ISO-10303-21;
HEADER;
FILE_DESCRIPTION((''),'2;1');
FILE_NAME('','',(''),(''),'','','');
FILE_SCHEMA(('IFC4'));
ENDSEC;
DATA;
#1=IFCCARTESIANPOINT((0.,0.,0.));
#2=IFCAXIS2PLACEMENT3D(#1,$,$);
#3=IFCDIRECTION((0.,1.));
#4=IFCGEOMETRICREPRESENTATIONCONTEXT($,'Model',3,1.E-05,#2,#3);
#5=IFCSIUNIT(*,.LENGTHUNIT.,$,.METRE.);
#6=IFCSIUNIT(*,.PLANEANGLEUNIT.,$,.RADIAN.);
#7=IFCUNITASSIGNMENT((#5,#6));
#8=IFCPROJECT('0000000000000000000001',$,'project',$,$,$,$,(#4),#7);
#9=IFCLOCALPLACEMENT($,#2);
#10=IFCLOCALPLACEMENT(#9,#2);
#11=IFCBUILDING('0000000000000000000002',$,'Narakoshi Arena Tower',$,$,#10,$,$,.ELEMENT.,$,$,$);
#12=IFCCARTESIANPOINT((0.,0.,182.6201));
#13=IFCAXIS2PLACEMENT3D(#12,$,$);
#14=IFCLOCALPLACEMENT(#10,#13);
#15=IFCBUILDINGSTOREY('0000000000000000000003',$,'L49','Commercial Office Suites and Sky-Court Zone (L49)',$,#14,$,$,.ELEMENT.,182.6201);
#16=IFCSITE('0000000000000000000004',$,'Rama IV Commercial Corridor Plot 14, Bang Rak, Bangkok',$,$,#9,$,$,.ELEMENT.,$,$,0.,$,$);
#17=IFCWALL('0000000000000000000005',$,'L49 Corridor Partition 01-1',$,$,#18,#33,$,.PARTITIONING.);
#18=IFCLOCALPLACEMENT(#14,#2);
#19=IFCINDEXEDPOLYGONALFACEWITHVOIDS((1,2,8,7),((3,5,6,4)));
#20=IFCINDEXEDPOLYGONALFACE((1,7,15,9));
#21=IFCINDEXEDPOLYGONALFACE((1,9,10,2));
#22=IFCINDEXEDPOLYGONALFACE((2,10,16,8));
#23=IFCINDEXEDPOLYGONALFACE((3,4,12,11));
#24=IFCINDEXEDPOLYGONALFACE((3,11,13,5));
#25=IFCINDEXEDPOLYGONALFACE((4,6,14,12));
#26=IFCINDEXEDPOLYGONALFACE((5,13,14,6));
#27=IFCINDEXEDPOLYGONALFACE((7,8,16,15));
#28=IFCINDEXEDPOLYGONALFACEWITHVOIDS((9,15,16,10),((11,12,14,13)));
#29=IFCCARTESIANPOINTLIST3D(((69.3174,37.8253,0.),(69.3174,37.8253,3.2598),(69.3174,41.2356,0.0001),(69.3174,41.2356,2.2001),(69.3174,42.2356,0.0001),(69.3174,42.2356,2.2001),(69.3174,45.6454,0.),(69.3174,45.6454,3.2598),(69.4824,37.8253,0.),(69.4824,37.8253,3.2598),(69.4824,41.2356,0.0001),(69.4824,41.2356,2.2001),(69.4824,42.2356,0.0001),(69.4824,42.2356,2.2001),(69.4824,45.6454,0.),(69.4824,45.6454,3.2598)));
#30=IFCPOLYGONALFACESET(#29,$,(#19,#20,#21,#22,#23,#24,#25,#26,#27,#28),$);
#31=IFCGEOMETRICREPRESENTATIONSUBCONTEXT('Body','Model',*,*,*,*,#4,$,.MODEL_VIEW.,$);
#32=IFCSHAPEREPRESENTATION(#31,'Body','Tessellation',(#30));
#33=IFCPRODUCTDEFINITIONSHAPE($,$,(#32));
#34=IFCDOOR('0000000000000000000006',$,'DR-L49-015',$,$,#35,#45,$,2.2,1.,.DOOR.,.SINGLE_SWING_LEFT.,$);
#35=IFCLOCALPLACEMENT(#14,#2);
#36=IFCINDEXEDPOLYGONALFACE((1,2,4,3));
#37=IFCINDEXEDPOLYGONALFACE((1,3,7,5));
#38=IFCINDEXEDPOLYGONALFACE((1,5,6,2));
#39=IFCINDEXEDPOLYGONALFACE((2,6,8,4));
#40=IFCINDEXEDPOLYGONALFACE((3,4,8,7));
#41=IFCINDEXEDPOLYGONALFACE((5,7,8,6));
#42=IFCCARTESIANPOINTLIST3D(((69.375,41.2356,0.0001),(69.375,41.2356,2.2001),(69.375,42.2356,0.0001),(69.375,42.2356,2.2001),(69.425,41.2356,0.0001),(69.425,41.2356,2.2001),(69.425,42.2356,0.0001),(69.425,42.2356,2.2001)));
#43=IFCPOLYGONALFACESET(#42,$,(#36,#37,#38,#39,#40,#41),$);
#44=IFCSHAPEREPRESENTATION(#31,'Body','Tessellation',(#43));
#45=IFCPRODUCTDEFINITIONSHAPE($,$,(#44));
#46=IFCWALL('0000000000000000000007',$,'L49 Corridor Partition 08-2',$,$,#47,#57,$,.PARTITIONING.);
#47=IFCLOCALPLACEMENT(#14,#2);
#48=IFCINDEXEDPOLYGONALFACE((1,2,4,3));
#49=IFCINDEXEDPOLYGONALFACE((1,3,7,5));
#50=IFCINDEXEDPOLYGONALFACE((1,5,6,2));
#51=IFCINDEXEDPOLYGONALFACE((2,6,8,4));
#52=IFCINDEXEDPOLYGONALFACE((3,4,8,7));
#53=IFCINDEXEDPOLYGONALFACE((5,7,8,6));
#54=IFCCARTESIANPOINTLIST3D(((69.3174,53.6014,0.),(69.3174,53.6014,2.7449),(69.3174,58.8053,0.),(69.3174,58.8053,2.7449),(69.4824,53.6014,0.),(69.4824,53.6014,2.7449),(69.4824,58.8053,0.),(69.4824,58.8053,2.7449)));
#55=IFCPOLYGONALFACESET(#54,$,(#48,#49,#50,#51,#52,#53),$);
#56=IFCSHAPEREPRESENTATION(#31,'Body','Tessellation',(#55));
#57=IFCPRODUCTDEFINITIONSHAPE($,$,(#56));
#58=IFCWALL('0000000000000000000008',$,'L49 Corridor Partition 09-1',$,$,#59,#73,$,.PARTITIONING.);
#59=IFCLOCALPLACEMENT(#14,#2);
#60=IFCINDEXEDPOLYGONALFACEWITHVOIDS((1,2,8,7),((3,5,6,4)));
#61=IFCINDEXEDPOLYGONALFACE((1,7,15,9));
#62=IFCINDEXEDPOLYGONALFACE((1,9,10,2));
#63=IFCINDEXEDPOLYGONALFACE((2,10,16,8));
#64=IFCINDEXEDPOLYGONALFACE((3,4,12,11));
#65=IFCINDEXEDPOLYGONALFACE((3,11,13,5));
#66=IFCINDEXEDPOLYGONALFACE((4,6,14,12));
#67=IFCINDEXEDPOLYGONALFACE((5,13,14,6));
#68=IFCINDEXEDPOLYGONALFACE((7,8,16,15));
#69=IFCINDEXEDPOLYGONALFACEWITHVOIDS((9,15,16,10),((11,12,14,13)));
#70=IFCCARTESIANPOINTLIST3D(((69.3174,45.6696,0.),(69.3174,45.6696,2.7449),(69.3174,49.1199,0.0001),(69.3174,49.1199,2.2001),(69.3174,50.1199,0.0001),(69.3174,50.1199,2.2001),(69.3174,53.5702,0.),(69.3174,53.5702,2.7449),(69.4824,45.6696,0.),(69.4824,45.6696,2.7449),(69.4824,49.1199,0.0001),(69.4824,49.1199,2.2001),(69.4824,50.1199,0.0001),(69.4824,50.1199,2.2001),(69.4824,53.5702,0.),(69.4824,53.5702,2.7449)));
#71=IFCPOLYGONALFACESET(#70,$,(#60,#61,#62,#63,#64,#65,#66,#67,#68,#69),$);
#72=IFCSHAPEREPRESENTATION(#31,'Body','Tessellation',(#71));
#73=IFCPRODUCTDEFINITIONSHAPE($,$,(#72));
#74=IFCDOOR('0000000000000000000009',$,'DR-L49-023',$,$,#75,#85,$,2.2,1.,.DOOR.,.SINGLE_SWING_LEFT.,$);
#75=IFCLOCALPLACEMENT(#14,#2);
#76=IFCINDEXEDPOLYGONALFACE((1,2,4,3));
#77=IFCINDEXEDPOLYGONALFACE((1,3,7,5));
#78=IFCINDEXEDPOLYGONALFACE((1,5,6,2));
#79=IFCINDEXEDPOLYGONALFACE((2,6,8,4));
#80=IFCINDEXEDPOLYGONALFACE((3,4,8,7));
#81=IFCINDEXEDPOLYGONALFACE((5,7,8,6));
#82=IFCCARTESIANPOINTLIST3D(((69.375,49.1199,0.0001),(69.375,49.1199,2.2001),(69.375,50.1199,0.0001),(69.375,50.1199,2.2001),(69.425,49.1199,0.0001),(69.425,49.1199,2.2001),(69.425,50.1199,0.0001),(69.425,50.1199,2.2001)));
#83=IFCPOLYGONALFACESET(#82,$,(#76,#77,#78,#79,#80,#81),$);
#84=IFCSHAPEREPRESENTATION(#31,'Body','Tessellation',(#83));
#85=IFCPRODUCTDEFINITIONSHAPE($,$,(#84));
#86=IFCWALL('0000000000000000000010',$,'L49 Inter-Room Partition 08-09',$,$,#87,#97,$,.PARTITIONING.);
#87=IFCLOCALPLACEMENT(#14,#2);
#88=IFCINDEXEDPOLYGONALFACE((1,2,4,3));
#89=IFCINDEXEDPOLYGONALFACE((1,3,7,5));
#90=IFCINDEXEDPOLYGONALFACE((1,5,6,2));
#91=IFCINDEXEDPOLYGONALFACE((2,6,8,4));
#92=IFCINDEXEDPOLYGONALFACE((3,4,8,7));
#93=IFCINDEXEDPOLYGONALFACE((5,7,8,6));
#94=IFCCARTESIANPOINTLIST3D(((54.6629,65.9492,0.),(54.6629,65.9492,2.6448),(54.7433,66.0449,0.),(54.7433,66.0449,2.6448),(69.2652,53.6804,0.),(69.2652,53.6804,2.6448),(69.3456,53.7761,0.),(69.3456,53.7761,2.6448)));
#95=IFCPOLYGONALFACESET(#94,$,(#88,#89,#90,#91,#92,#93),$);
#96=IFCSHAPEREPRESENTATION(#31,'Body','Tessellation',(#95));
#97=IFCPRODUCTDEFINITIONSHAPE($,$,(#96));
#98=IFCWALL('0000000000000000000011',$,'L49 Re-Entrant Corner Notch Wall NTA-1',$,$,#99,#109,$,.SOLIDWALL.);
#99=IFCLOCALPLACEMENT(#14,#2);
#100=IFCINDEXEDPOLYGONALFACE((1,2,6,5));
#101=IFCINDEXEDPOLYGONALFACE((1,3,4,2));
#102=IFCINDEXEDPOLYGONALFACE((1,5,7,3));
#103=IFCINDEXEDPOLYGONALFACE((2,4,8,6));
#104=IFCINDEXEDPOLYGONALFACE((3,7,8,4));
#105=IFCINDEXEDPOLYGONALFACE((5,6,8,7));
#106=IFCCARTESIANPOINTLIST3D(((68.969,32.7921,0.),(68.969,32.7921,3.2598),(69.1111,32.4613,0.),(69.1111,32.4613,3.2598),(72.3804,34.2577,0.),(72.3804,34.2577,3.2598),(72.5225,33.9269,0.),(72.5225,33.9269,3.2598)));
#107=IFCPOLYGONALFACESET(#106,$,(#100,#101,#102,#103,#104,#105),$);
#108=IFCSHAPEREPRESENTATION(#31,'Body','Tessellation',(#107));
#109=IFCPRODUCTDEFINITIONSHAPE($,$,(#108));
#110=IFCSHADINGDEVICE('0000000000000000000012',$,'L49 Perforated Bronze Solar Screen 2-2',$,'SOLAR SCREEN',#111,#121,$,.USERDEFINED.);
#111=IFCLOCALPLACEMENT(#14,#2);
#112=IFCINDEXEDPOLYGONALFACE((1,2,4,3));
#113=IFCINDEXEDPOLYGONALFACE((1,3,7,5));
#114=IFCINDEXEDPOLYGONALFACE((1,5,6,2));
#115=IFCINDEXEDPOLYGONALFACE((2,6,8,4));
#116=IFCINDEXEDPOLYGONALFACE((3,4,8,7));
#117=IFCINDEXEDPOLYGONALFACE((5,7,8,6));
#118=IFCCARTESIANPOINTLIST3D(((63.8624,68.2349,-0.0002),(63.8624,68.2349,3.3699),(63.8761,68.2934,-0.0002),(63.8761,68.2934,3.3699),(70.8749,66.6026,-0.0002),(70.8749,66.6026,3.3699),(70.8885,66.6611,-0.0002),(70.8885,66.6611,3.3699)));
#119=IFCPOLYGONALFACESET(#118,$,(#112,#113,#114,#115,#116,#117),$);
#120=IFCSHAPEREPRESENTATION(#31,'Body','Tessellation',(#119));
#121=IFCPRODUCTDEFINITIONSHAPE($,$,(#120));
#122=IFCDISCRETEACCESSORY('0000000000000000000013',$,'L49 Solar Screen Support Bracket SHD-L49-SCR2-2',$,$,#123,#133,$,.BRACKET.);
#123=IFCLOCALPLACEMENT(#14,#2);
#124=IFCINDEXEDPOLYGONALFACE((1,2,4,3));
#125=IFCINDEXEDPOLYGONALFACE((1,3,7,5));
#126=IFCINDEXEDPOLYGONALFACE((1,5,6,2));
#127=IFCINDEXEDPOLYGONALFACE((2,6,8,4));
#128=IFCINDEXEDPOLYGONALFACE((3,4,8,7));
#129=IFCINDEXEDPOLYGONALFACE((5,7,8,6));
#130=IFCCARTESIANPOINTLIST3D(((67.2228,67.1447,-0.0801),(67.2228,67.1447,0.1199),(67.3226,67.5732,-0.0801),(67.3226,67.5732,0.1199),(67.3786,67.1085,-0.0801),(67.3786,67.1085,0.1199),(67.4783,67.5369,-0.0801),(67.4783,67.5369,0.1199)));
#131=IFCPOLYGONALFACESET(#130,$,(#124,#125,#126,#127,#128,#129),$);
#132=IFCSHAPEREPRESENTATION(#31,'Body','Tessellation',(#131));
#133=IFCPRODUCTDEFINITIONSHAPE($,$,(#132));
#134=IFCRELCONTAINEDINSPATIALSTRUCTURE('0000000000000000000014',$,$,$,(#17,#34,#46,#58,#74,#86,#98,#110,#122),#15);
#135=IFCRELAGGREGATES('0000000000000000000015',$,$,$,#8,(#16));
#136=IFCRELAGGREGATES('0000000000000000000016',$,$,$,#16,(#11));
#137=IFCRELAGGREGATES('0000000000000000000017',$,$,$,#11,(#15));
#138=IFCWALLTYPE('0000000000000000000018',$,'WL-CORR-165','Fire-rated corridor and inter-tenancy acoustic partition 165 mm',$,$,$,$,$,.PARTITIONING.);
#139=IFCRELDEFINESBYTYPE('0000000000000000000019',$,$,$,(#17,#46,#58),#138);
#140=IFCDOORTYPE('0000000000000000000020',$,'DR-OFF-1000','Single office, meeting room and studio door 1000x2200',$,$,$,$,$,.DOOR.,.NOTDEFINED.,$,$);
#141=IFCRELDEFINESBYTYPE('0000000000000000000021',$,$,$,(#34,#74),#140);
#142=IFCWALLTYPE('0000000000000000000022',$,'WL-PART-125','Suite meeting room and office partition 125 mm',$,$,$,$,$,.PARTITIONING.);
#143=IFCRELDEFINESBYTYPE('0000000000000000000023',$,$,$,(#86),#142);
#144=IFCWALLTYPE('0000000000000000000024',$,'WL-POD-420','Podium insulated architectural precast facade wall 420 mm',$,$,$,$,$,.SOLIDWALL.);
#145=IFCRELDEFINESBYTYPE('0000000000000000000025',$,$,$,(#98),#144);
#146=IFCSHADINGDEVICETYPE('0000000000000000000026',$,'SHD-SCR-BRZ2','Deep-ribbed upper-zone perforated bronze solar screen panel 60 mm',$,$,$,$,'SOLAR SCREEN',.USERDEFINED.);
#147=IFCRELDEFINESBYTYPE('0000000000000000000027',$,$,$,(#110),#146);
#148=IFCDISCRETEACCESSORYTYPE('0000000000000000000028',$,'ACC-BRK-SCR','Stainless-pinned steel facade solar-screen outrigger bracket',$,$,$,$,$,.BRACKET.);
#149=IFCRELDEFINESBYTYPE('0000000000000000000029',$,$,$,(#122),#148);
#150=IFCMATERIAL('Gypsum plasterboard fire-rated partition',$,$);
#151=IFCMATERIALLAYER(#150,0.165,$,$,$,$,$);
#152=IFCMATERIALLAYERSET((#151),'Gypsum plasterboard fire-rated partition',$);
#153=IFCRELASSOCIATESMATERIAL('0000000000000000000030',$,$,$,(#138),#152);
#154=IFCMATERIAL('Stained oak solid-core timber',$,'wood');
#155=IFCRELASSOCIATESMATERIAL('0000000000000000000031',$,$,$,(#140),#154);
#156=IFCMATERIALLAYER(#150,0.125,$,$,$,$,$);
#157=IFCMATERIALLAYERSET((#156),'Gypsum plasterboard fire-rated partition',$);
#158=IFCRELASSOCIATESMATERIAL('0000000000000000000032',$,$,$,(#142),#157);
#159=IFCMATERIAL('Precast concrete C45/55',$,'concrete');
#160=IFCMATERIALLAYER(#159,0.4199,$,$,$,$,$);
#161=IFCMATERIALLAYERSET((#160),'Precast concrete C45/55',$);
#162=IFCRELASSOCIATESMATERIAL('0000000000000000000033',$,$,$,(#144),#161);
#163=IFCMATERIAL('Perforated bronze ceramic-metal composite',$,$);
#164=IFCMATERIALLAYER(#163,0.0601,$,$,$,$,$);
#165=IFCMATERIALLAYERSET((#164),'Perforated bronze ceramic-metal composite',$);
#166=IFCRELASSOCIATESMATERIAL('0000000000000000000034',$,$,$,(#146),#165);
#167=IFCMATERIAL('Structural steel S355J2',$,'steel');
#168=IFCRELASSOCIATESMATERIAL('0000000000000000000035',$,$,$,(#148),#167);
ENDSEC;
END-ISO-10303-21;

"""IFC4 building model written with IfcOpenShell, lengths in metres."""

from ifc_helpers import new_model, si_unit, direction, frame, frame_2d, origin, origin_2d, place, context, subcontext, project, spatial, rectangle, extrude, material, layer, layer_set, type_object, element, fill, save


model = new_model("IFC4")

# Units and contexts
model_context = context("Model", 3, precision=1e-05, world=origin(), true_north=direction((0.0, 1.0)))
body_context = subcontext(model_context, "Body", "Model", "MODEL_VIEW")
ifc_project = project(units=[si_unit("LENGTHUNIT", "METRE"), si_unit("PLANEANGLEUNIT", "RADIAN")], contexts=[model_context])

# Site, building, storey
site_placement = place(None, origin())
site = spatial("IfcSite", under=ifc_project, at=site_placement, Name="Rama IV Commercial Corridor Plot 14, Bang Rak, Bangkok", CompositionType="ELEMENT", RefElevation=0.0)
building_placement = place(site_placement, origin())
building = spatial("IfcBuilding", under=site, at=building_placement, Name="Narakoshi Arena Tower", CompositionType="ELEMENT")
storey_placement = place(building_placement, frame((0.0, 0.0, 182.6201)))
storey = spatial("IfcBuildingStorey", under=building, at=storey_placement, Name="L49", Description="Commercial Office Suites and Sky-Court Zone (L49)", CompositionType="ELEMENT", Elevation=182.6201)

# Shared definitions
ifc_material_1 = material(Name="Structural steel S355J2", Category="steel")

# Wall, opening, door
ifc_material_2 = material(Name="Gypsum plasterboard fire-rated partition")
ifc_layer_1 = layer(ifc_material_2, 0.165)
ifc_layer_set_1 = layer_set([ifc_layer_1], Name="Gypsum plasterboard fire-rated partition")
wall_type_1 = type_object("IfcWallType", Name="WL-CORR-165", Description="Fire-rated corridor and inter-tenancy acoustic partition 165 mm", PredefinedType="PARTITIONING", material=ifc_layer_set_1)
wall_1_placement = place(storey_placement, frame((69.3999, 45.6455, 0.0), z_axis=(0.0, 0.0, 1.0), x_axis=(0.0, -1.0, 0.0)))
wall_1 = element("IfcWall", 1, at=wall_1_placement, inside=storey, type_object=wall_type_1, Name="L49 Corridor Partition 01-1", PredefinedType="PARTITIONING", context=body_context, shape_type="SweptSolid", body=[
    extrude(rectangle(XDim=7.8201, YDim=0.165, at=frame_2d((3.9102, 0.0))), origin(), (0.0, 0.0, 1.0), 3.2598),
])
opening_1_placement = place(wall_1_placement, frame((3.4099, 0.0, 0.0)))
opening_1 = element("IfcOpeningElement", 2, at=opening_1_placement, cuts=wall_1, PredefinedType="OPENING", context=body_context, shape_type="SweptSolid", body=[
    extrude(rectangle(XDim=1.0, YDim=2.2, at=frame_2d((0.5, 1.1001))), frame((0.0, 0.0925, 0.0), z_axis=(0.0, -1.0, 0.0), x_axis=(1.0, 0.0, 0.0)), (0.0, 0.0, 1.0), 0.1851),
])
ifc_material_3 = material(Name="Stained oak solid-core timber", Category="wood")
door_type = type_object("IfcDoorType", Name="DR-OFF-1000", Description="Single office, meeting room and studio door 1000x2200", OperationType="NOTDEFINED", PredefinedType="DOOR", material=ifc_material_3)
door_1_placement = place(opening_1_placement, frame((1.0, 0.0, 0.0), z_axis=(0.0, 0.0, 1.0), x_axis=(-1.0, 0.0, 0.0)))
door_1 = element("IfcDoor", 3, at=door_1_placement, inside=storey, type_object=door_type, Name="DR-L49-015", OperationType="SINGLE_SWING_LEFT", OverallHeight=2.2, OverallWidth=1.0, PredefinedType="DOOR", context=body_context, shape_type="SweptSolid", body=[
    extrude(rectangle(XDim=1.0, YDim=2.2, at=frame_2d((0.5, 1.1001))), frame((0.0, 0.0249, 0.0), z_axis=(0.0, -1.0, 0.0), x_axis=(1.0, 0.0, 0.0)), (0.0, 0.0, 1.0), 0.05),
])
fill(opening_1, door_1)

# Wall
wall_2_placement = place(storey_placement, frame((69.3999, 58.8054, 0.0), z_axis=(0.0, 0.0, 1.0), x_axis=(0.0, -1.0, 0.0)))
element("IfcWall", 4, at=wall_2_placement, inside=storey, type_object=wall_type_1, Name="L49 Corridor Partition 08-2", PredefinedType="PARTITIONING", context=body_context, shape_type="SweptSolid", body=[
    extrude(rectangle(XDim=5.2039, YDim=0.165, at=frame_2d((2.6021, 0.0))), origin(), (0.0, 0.0, 1.0), 2.7449),
])

# Wall, opening, door
wall_3_placement = place(storey_placement, frame((69.3999, 53.5701, 0.0), z_axis=(0.0, 0.0, 1.0), x_axis=(0.0, -1.0, 0.0)))
wall_3 = element("IfcWall", 5, at=wall_3_placement, inside=storey, type_object=wall_type_1, Name="L49 Corridor Partition 09-1", PredefinedType="PARTITIONING", context=body_context, shape_type="SweptSolid", body=[
    extrude(rectangle(XDim=7.9006, YDim=0.165, at=frame_2d((3.9502, 0.0))), origin(), (0.0, 0.0, 1.0), 2.7449),
])
opening_2_placement = place(wall_3_placement, frame((3.4502, 0.0, 0.0)))
opening_2 = element("IfcOpeningElement", 6, at=opening_2_placement, cuts=wall_3, PredefinedType="OPENING", context=body_context, shape_type="SweptSolid", body=[
    extrude(rectangle(XDim=1.0, YDim=2.2, at=frame_2d((0.5, 1.1001))), frame((0.0, 0.0925, 0.0), z_axis=(0.0, -1.0, 0.0), x_axis=(1.0, 0.0, 0.0)), (0.0, 0.0, 1.0), 0.1851),
])
door_2_placement = place(opening_2_placement, frame((1.0, 0.0, 0.0), z_axis=(0.0, 0.0, 1.0), x_axis=(-1.0, 0.0, 0.0)))
door_2 = element("IfcDoor", 7, at=door_2_placement, inside=storey, type_object=door_type, Name="DR-L49-023", OperationType="SINGLE_SWING_LEFT", OverallHeight=2.2, OverallWidth=1.0, PredefinedType="DOOR", context=body_context, shape_type="SweptSolid", body=[
    extrude(rectangle(XDim=1.0, YDim=2.2, at=frame_2d((0.5, 1.1001))), frame((0.0, 0.0249, 0.0), z_axis=(0.0, -1.0, 0.0), x_axis=(1.0, 0.0, 0.0)), (0.0, 0.0, 1.0), 0.05),
])
fill(opening_2, door_2)

# Walls
ifc_layer_2 = layer(ifc_material_2, 0.125)
ifc_layer_set_2 = layer_set([ifc_layer_2], Name="Gypsum plasterboard fire-rated partition")
wall_type_2 = type_object("IfcWallType", Name="WL-PART-125", Description="Suite meeting room and office partition 125 mm", PredefinedType="PARTITIONING", material=ifc_layer_set_2)
wall_4_placement = place(storey_placement, frame((69.3054, 53.7283, 0.0), z_axis=(0.0, 0.0, 1.0), x_axis=(-0.765631, 0.64328, 0.0)))
element("IfcWall", 8, at=wall_4_placement, inside=storey, type_object=wall_type_2, Name="L49 Inter-Room Partition 08-09", PredefinedType="PARTITIONING", context=body_context, shape_type="SweptSolid", body=[
    extrude(rectangle(XDim=19.0723, YDim=0.125, at=frame_2d((9.5361, 0.0))), origin(), (0.0, 0.0, 1.0), 2.6448),
])
ifc_material_4 = material(Name="Precast concrete C45/55", Category="concrete")
ifc_layer_3 = layer(ifc_material_4, 0.4199)
ifc_layer_set_3 = layer_set([ifc_layer_3], Name="Precast concrete C45/55")
wall_type_3 = type_object("IfcWallType", Name="WL-POD-420", Description="Podium insulated architectural precast facade wall 420 mm", PredefinedType="SOLIDWALL", material=ifc_layer_set_3)
wall_5_placement = place(storey_placement, frame((69.04, 32.6267, 0.0), z_axis=(0.0, 0.0, 1.0), x_axis=(0.918798, 0.394729, 0.0)))
element("IfcWall", 9, at=wall_5_placement, inside=storey, type_object=wall_type_3, Name="L49 Re-Entrant Corner Notch Wall NTA-1", PredefinedType="SOLIDWALL", context=body_context, shape_type="SweptSolid", body=[
    extrude(rectangle(XDim=3.7129, YDim=0.3601, at=frame_2d((1.8564, 0.0))), origin(), (0.0, 0.0, 1.0), 3.2598),
])

# Shading device
ifc_material_5 = material(Name="Perforated bronze ceramic-metal composite")
ifc_layer_4 = layer(ifc_material_5, 0.0601)
ifc_layer_set_4 = layer_set([ifc_layer_4], Name="Perforated bronze ceramic-metal composite")
shading_device_type = type_object("IfcShadingDeviceType", Name="SHD-SCR-BRZ2", Description="Deep-ribbed upper-zone perforated bronze solar screen panel 60 mm", ElementType="SOLAR SCREEN", PredefinedType="USERDEFINED", material=ifc_layer_set_4)
shading_device_placement = place(storey_placement, frame((67.3755, 67.448, -0.0002), z_axis=(0.0, 0.0, 1.0), x_axis=(-0.97396, 0.226719, 0.0)))
element("IfcShadingDevice", 10, at=shading_device_placement, inside=storey, type_object=shading_device_type, Name="L49 Perforated Bronze Solar Screen 2-2", ObjectType="SOLAR SCREEN", PredefinedType="USERDEFINED", context=body_context, shape_type="SweptSolid", body=[
    extrude(rectangle(XDim=7.2, YDim=0.0601, at=origin_2d()), origin(), (0.0, 0.0, 1.0), 3.3701),
])

# Discrete accessory
discrete_accessory_type = type_object("IfcDiscreteAccessoryType", Name="ACC-BRK-SCR", Description="Stainless-pinned steel facade solar-screen outrigger bracket", PredefinedType="BRACKET", material=ifc_material_1)
discrete_accessory_placement = place(storey_placement, frame((67.3506, 67.3408, -0.0801), z_axis=(0.0, 0.0, 1.0), x_axis=(-0.97396, 0.226719, 0.0)))
element("IfcDiscreteAccessory", 11, at=discrete_accessory_placement, inside=storey, type_object=discrete_accessory_type, Name="L49 Solar Screen Support Bracket SHD-L49-SCR2-2", PredefinedType="BRACKET", context=body_context, shape_type="SweptSolid", body=[
    extrude(rectangle(XDim=0.1599, YDim=0.4399, at=origin_2d()), origin(), (0.0, 0.0, 1.0), 0.2),
])

save(model, "model.ifc")
